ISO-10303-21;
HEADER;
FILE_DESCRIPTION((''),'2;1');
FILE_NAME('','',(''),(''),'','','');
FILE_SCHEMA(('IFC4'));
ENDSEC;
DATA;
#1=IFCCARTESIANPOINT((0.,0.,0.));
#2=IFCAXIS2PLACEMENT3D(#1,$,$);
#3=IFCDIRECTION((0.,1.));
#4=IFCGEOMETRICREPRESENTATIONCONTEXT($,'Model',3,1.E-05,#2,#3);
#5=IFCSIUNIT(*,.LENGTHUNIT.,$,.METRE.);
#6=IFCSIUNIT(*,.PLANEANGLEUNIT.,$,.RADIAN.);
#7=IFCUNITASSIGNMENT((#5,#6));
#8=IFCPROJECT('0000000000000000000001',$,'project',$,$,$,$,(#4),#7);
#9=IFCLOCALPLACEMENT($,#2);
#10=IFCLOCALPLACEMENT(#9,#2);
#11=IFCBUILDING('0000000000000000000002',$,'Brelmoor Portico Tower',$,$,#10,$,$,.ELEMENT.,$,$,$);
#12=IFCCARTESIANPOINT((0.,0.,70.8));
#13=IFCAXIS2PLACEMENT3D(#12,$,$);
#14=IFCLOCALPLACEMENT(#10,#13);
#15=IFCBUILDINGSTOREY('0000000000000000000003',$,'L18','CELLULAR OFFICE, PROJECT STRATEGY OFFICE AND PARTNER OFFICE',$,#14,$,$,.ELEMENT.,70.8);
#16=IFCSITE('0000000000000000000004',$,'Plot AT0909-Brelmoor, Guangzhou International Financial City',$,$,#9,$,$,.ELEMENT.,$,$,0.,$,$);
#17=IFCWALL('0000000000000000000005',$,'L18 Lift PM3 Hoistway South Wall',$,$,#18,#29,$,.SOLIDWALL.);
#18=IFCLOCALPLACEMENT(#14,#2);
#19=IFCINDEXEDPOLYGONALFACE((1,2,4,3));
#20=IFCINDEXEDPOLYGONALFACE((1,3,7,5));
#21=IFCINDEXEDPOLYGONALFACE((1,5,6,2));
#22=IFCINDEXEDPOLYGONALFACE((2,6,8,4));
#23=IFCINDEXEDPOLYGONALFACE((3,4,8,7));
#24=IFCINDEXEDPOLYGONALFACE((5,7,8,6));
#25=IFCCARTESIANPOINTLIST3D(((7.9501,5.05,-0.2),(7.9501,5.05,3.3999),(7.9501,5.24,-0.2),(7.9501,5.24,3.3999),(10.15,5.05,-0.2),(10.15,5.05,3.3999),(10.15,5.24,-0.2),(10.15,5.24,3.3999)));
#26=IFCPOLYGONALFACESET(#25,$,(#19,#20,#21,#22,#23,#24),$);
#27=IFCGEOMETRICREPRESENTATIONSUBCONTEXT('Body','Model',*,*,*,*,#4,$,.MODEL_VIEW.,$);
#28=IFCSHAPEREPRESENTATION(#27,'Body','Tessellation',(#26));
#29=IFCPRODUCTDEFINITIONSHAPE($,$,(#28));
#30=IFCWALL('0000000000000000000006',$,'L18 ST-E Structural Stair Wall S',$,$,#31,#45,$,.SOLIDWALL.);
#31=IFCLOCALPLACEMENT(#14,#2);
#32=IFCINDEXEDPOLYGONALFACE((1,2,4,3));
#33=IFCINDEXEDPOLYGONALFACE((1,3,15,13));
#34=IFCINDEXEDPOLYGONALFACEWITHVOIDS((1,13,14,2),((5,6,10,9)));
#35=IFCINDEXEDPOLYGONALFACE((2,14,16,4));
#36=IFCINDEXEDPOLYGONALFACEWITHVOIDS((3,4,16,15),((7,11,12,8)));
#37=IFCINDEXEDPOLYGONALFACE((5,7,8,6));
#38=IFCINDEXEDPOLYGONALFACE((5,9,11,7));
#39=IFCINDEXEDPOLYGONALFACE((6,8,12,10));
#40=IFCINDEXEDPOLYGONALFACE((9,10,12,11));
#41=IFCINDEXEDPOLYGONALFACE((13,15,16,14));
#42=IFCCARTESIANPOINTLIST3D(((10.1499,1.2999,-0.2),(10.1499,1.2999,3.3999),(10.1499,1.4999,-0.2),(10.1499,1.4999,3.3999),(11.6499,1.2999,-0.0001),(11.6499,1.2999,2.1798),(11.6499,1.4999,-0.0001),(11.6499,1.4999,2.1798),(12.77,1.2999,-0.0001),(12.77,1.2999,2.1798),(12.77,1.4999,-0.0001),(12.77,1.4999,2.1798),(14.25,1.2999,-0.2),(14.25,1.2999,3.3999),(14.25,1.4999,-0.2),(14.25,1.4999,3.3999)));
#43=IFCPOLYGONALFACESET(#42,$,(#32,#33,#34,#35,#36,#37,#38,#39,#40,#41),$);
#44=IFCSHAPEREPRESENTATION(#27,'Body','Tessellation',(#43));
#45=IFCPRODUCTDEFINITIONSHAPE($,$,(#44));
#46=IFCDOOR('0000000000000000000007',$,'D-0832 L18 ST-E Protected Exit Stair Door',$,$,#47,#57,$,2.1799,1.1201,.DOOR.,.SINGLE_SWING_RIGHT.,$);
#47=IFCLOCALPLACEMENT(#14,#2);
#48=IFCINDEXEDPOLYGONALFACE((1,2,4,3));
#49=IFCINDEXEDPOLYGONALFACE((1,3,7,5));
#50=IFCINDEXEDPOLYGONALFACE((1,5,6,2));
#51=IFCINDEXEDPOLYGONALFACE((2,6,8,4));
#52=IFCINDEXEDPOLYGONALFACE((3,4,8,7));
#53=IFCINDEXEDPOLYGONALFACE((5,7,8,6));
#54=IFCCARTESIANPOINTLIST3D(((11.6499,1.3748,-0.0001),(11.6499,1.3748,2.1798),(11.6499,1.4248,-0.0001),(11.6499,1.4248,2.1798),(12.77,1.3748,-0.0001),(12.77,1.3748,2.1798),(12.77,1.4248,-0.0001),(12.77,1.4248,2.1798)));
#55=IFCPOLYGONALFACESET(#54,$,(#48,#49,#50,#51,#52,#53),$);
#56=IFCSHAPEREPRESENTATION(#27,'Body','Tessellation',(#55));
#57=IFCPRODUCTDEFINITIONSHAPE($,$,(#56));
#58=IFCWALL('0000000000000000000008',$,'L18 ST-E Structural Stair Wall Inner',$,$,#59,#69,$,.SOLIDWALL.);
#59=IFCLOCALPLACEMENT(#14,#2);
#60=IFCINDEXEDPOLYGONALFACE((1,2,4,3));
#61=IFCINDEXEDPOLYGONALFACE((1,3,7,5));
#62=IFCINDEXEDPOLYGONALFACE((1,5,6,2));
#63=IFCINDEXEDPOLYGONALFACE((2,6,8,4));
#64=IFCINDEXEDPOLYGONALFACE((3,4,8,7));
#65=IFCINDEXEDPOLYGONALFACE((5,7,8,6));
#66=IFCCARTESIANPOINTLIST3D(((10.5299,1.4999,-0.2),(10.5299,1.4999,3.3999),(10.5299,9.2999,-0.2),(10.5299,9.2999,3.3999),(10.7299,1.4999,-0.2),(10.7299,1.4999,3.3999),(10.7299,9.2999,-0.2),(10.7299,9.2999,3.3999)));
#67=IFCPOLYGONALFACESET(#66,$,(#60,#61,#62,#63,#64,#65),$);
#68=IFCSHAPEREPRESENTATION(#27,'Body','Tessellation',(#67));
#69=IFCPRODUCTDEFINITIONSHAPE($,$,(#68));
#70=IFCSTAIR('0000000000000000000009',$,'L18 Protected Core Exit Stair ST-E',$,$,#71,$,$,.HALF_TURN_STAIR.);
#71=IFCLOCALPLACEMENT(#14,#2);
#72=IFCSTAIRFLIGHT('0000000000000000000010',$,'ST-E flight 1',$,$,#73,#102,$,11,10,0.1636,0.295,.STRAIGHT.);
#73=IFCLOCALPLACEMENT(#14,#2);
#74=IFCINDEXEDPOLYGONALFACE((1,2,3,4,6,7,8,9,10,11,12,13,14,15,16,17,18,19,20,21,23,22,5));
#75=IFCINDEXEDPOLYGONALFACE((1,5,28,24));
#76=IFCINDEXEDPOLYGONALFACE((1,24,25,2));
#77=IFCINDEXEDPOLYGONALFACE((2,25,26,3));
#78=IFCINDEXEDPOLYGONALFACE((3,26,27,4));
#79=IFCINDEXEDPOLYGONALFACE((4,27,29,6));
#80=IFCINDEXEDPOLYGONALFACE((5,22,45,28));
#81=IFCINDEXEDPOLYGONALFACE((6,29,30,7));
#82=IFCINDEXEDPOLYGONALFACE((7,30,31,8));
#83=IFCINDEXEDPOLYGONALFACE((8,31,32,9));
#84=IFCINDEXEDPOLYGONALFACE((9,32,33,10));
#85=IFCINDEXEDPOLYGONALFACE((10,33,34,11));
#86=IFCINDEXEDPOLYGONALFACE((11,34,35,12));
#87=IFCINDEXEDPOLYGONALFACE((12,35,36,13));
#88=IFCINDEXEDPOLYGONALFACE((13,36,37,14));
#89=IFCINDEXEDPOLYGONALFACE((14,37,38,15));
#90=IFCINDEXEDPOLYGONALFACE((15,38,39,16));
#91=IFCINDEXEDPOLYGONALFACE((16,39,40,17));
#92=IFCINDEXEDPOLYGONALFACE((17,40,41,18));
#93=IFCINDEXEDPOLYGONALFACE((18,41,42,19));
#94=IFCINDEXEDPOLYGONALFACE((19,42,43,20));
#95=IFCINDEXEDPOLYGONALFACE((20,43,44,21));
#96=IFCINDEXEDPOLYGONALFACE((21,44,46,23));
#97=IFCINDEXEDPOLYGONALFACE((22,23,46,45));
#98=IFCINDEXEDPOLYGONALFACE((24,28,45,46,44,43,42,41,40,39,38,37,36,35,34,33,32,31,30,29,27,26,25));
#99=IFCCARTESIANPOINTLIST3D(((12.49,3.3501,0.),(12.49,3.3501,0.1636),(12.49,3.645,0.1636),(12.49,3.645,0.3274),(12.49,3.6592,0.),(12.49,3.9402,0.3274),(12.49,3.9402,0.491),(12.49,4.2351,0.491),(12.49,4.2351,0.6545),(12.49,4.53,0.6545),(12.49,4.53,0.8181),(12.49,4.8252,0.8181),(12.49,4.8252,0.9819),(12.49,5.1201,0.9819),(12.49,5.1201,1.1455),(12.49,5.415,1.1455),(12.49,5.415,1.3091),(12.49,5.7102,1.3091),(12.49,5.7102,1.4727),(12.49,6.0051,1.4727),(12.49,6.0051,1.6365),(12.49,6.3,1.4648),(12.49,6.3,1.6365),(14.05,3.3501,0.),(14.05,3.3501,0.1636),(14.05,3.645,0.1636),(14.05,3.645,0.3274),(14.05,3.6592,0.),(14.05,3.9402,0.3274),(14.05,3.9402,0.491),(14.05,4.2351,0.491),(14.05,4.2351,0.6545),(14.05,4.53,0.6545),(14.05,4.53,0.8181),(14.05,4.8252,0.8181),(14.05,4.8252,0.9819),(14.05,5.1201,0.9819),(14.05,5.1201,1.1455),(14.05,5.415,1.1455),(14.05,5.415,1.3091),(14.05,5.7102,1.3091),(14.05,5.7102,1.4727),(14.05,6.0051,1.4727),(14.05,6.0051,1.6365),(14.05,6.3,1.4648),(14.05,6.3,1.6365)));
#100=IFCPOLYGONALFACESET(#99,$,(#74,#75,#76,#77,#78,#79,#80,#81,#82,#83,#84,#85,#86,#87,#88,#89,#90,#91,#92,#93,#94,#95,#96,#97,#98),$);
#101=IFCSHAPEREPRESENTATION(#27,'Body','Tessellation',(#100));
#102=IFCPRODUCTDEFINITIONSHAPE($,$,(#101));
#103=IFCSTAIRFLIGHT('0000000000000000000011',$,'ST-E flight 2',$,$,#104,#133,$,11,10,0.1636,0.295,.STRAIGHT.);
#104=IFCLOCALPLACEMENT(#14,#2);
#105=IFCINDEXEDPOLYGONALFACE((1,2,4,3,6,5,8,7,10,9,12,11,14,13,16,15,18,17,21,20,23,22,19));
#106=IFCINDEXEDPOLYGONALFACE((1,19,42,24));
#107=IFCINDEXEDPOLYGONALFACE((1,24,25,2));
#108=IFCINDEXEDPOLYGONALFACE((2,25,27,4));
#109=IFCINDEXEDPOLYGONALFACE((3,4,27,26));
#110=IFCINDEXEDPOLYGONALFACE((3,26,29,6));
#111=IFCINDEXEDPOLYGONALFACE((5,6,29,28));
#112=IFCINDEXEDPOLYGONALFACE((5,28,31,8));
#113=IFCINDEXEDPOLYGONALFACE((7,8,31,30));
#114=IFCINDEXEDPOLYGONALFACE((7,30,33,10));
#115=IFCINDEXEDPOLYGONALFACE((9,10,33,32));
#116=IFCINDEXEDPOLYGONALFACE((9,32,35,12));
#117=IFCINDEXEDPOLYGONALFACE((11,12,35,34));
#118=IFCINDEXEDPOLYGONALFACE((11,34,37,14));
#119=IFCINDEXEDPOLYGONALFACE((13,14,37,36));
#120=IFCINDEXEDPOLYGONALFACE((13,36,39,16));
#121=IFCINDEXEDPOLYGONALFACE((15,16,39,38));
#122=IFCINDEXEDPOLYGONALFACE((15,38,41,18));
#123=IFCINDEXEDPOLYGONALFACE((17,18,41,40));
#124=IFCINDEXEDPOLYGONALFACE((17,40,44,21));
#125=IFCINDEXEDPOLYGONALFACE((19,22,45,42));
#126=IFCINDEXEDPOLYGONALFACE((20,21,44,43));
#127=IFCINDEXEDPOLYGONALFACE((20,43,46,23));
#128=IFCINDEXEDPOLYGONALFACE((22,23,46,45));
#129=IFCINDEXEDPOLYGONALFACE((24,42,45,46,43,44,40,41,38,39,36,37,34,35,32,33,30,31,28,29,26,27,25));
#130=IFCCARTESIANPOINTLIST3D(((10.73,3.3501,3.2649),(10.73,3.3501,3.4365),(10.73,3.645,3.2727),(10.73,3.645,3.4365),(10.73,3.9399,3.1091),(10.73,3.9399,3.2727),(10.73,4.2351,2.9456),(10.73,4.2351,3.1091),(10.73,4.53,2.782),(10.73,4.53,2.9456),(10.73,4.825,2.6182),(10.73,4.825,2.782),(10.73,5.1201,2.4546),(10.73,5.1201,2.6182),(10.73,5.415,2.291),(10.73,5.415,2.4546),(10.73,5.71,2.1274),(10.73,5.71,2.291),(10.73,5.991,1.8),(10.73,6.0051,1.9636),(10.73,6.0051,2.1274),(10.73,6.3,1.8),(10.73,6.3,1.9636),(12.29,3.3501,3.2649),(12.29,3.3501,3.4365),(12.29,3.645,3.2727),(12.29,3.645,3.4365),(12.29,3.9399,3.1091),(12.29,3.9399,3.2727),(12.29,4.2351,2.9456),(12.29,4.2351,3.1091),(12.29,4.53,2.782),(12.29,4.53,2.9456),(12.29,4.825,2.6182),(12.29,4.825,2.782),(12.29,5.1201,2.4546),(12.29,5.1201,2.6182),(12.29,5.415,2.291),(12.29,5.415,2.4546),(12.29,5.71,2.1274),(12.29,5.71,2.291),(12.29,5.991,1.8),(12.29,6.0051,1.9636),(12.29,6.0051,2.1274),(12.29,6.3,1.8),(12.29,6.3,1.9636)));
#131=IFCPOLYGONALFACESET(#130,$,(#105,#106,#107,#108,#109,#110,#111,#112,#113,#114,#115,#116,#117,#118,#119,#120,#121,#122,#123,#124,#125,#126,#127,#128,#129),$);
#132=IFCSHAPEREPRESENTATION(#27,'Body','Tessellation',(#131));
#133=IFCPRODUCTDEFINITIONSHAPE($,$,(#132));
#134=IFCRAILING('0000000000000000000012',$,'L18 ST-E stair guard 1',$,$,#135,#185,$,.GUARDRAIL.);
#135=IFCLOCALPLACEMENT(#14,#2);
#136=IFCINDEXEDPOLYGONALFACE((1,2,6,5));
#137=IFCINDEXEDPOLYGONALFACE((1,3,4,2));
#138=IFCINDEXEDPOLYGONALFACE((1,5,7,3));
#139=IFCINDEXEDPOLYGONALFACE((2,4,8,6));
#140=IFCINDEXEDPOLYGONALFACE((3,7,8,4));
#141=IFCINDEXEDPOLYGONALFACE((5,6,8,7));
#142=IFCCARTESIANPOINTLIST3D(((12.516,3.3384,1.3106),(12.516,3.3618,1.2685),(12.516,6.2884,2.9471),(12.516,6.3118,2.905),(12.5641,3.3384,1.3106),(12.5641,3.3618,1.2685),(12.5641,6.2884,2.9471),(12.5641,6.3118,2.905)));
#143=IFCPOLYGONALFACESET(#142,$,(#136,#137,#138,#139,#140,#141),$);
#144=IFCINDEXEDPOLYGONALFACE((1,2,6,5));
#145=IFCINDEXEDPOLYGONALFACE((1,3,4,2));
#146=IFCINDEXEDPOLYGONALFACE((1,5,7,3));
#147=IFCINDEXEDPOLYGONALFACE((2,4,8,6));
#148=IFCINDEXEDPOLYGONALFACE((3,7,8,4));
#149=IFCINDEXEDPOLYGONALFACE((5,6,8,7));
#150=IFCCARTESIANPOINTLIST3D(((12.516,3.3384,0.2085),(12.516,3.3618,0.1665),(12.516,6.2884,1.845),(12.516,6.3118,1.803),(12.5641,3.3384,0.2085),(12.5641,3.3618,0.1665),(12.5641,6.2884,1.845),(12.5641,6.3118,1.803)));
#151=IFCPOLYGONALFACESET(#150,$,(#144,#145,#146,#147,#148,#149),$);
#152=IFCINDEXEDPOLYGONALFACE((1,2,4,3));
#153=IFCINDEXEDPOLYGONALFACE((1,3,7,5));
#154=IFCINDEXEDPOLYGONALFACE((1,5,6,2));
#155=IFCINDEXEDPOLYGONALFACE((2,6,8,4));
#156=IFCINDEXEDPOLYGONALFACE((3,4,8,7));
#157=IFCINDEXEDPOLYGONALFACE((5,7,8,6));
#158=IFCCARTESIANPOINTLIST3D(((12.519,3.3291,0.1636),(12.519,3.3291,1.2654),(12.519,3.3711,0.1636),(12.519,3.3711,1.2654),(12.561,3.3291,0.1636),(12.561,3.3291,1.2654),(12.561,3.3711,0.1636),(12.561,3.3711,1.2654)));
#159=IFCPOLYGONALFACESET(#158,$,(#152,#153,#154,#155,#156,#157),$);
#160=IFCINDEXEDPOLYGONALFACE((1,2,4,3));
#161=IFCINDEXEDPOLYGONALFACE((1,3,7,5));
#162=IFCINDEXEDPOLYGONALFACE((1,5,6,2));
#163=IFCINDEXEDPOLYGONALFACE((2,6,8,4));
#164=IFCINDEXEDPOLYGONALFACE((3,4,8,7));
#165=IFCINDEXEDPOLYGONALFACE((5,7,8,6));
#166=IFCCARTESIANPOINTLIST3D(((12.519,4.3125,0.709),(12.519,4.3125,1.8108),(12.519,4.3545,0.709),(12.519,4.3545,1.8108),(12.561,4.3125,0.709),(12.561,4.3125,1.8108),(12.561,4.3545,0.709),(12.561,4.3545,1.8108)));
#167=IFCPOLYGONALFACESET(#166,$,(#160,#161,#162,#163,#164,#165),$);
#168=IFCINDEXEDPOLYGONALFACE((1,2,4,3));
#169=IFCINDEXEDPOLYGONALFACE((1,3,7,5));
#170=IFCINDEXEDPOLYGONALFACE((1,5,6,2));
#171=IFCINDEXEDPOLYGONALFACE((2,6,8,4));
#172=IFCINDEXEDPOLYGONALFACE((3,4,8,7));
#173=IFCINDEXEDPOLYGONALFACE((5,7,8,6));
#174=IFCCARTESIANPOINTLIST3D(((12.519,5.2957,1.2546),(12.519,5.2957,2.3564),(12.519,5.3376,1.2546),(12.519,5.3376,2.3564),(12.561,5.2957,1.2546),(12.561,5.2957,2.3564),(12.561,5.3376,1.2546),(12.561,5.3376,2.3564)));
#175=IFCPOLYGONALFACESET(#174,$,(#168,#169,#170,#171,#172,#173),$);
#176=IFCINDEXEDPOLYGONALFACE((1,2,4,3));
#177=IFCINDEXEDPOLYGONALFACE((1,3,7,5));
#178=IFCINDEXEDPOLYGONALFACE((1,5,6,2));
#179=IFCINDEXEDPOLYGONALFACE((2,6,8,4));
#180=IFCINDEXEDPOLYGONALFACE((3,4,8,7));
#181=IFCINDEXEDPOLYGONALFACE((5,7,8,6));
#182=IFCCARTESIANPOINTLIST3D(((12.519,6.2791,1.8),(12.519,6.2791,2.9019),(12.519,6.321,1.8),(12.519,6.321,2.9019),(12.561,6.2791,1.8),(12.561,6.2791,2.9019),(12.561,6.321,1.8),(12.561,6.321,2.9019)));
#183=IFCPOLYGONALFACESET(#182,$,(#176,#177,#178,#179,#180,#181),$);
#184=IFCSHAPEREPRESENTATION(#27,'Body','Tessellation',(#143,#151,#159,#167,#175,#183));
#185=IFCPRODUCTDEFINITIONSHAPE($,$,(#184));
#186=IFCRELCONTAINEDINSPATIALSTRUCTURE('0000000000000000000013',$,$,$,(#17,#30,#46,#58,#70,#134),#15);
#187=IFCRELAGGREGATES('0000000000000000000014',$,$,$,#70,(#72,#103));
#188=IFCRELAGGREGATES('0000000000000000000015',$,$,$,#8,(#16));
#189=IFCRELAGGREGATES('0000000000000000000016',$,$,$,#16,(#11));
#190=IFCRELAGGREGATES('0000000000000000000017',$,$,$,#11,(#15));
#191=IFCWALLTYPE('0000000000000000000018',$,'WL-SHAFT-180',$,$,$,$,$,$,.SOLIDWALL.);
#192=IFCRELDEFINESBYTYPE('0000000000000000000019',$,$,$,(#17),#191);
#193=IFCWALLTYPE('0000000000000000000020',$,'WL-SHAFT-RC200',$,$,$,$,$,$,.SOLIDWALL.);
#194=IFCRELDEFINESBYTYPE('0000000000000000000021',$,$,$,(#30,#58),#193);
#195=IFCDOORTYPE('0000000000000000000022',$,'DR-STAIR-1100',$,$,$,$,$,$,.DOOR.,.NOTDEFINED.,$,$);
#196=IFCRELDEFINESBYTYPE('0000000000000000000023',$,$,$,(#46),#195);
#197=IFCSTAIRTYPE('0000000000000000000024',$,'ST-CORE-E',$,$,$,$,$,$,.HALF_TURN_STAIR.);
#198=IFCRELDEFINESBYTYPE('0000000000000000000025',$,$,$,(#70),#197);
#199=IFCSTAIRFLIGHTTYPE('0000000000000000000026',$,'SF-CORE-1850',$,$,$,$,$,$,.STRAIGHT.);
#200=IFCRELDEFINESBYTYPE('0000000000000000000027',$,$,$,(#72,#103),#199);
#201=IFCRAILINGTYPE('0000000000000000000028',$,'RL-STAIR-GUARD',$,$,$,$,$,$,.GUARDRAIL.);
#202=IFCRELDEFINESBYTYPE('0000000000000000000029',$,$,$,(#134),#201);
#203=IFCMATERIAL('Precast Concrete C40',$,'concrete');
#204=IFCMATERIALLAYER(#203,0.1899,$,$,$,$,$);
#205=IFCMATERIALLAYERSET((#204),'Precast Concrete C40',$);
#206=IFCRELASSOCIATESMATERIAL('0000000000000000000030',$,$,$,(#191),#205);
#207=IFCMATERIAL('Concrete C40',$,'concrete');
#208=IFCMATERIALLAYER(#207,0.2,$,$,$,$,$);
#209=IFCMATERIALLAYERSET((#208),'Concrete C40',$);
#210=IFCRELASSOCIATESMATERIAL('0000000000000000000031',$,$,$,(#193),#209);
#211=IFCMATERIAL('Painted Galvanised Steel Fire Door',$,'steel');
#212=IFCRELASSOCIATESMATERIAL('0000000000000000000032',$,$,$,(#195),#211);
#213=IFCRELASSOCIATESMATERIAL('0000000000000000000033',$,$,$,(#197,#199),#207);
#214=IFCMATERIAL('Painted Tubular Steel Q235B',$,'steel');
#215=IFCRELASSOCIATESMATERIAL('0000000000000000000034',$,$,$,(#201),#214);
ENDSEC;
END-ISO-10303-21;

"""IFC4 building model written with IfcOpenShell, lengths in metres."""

from ifc_helpers import new_model, si_unit, direction, frame, frame_2d, origin, origin_2d, place, context, subcontext, project, spatial, polyline, rectangle, outline, extrude, material, layer, layer_set, type_object, element, fill, aggregate, save


model = new_model("IFC4")

# Units and contexts
model_context = context("Model", 3, precision=1e-05, world=origin(), true_north=direction((0.0, 1.0)))
body_context = subcontext(model_context, "Body", "Model", "MODEL_VIEW")
ifc_project = project(units=[si_unit("LENGTHUNIT", "METRE"), si_unit("PLANEANGLEUNIT", "RADIAN")], contexts=[model_context])

# Site, building, storey
site_placement = place(None, origin())
site = spatial("IfcSite", under=ifc_project, at=site_placement, Name="Plot AT0909-Brelmoor, Guangzhou International Financial City", CompositionType="ELEMENT", RefElevation=0.0)
building_placement = place(site_placement, origin())
building = spatial("IfcBuilding", under=site, at=building_placement, Name="Brelmoor Portico Tower", CompositionType="ELEMENT")
storey_placement = place(building_placement, frame((0.0, 0.0, 70.8)))
storey = spatial("IfcBuildingStorey", under=building, at=storey_placement, Name="L18", Description="CELLULAR OFFICE, PROJECT STRATEGY OFFICE AND PARTNER OFFICE", CompositionType="ELEMENT", Elevation=70.8)

# Wall
ifc_material_1 = material(Name="Precast Concrete C40", Category="concrete")
ifc_layer_1 = layer(ifc_material_1, 0.1899)
ifc_layer_set_1 = layer_set([ifc_layer_1], Name="Precast Concrete C40")
wall_type_1 = type_object("IfcWallType", Name="WL-SHAFT-180", PredefinedType="SOLIDWALL", material=ifc_layer_set_1)
for number, where, z_axis, x_axis, name in (
    (1, (7.95, 5.145, -0.2), (0.0, 0.0, 1.0), (1.0, 0.0, 0.0), "L18 Lift PM3 Hoistway South Wall"),
):
    element("IfcWall", number, at=place(storey_placement, frame(where, z_axis=z_axis, x_axis=x_axis)), inside=storey, type_object=wall_type_1, Name=name, PredefinedType="SOLIDWALL", context=body_context, shape_type="SweptSolid", body=[
        extrude(rectangle(XDim=2.2, YDim=0.1899, at=frame_2d((1.1001, 0.0))), origin(), (0.0, 0.0, 1.0), 3.5999),
    ])

# Wall, opening, door
ifc_material_2 = material(Name="Concrete C40", Category="concrete")
ifc_layer_2 = layer(ifc_material_2, 0.2)
ifc_layer_set_2 = layer_set([ifc_layer_2], Name="Concrete C40")
wall_type_2 = type_object("IfcWallType", Name="WL-SHAFT-RC200", PredefinedType="SOLIDWALL", material=ifc_layer_set_2)
wall_1_placement = place(storey_placement, frame((10.1499, 1.3999, -0.2), z_axis=(0.0, 0.0, 1.0), x_axis=(1.0, 0.0, 0.0)))
wall_1 = element("IfcWall", 2, at=wall_1_placement, inside=storey, type_object=wall_type_2, Name="L18 ST-E Structural Stair Wall S", PredefinedType="SOLIDWALL", context=body_context, shape_type="SweptSolid", body=[
    extrude(rectangle(XDim=4.1001, YDim=0.2, at=frame_2d((2.05, 0.0))), origin(), (0.0, 0.0, 1.0), 3.5999),
])
opening_1_placement = place(wall_1_placement, frame((1.5, 0.0, 0.2)))
opening_1 = element("IfcOpeningElement", 3, at=opening_1_placement, cuts=wall_1, PredefinedType="OPENING", context=body_context, shape_type="SweptSolid", body=[
    extrude(rectangle(XDim=1.1201, YDim=2.1799, at=frame_2d((0.5601, 1.0898))), frame((0.0, 0.1099, 0.0), z_axis=(0.0, -1.0, 0.0), x_axis=(1.0, 0.0, 0.0)), (0.0, 0.0, 1.0), 0.22),
])
ifc_material_3 = material(Name="Painted Galvanised Steel Fire Door", Category="steel")
door_type_1 = type_object("IfcDoorType", Name="DR-STAIR-1100", OperationType="NOTDEFINED", PredefinedType="DOOR", material=ifc_material_3)
door_1_placement = place(opening_1_placement, origin())
door_1 = element("IfcDoor", 4, at=door_1_placement, inside=storey, type_object=door_type_1, Name="D-0832 L18 ST-E Protected Exit Stair Door", OperationType="SINGLE_SWING_RIGHT", OverallHeight=2.1799, OverallWidth=1.1201, PredefinedType="DOOR", context=body_context, shape_type="SweptSolid", body=[
    extrude(rectangle(XDim=1.1201, YDim=2.1799, at=frame_2d((0.5601, 1.0898))), frame((0.0, 0.0249, 0.0), z_axis=(0.0, -1.0, 0.0), x_axis=(1.0, 0.0, 0.0)), (0.0, 0.0, 1.0), 0.05),
])
fill(opening_1, door_1)

# Wall
wall_2_placement = place(storey_placement, frame((10.6299, 1.5, -0.2), z_axis=(0.0, 0.0, 1.0), x_axis=(0.0, 1.0, 0.0)))
element("IfcWall", 5, at=wall_2_placement, inside=storey, type_object=wall_type_2, Name="L18 ST-E Structural Stair Wall Inner", PredefinedType="SOLIDWALL", context=body_context, shape_type="SweptSolid", body=[
    extrude(rectangle(XDim=7.8, YDim=0.2, at=frame_2d((3.8999, 0.0))), origin(), (0.0, 0.0, 1.0), 3.5999),
])

# Stair, stair flights
stair_type = type_object("IfcStairType", Name="ST-CORE-E", PredefinedType="HALF_TURN_STAIR", material=ifc_material_2)
stair_placement = place(storey_placement, origin())
stair = element("IfcStair", 6, at=stair_placement, inside=storey, type_object=stair_type, Name="L18 Protected Core Exit Stair ST-E", PredefinedType="HALF_TURN_STAIR")
stair_flight_type = type_object("IfcStairFlightType", Name="SF-CORE-1850", PredefinedType="STRAIGHT", material=ifc_material_2)
stair_flight_1_placement = place(storey_placement, frame((13.27, 3.3501, 0.0), z_axis=(0.0, 0.0, 1.0), x_axis=(0.0, 1.0, 0.0)))
stair_flight_1 = element("IfcStairFlight", 7, at=stair_flight_1_placement, type_object=stair_flight_type, Name="ST-E flight 1", NumberOfRisers=11, NumberOfTreads=10, PredefinedType="STRAIGHT", RiserHeight=0.1636, TreadLength=0.295, context=body_context, shape_type="SweptSolid", body=[
    extrude(outline(polyline([(0.0, 0.0), (0.0, 0.1636), (0.2949, 0.1636), (0.2949, 0.3274), (0.5901, 0.3274), (0.5901, 0.491), (0.885, 0.491), (0.885, 0.6545), (1.1799, 0.6545), (1.1799, 0.8181), (1.4751, 0.8181), (1.4751, 0.9819), (1.77, 0.9819), (1.77, 1.1455), (2.0649, 1.1455), (2.0649, 1.3091), (2.3601, 1.3091), (2.3601, 1.4727), (2.655, 1.4727), (2.655, 1.6365), (2.95, 1.6365), (2.95, 1.8), (2.95, 1.4648), (0.3091, 0.0), (0.0, 0.0)])), frame((0.0, 0.78, 0.0), z_axis=(0.0, -1.0, 0.0), x_axis=(1.0, 0.0, 0.0)), (0.0, 0.0, 1.0), 1.5601),
])
stair_flight_2_placement = place(storey_placement, frame((11.51, 6.3, 1.8), z_axis=(0.0, 0.0, 1.0), x_axis=(0.0, -1.0, 0.0)))
stair_flight_2 = element("IfcStairFlight", 8, at=stair_flight_2_placement, type_object=stair_flight_type, Name="ST-E flight 2", NumberOfRisers=11, NumberOfTreads=10, PredefinedType="STRAIGHT", RiserHeight=0.1636, TreadLength=0.295, context=body_context, shape_type="SweptSolid", body=[
    extrude(outline(polyline([(0.0, 0.0), (0.0, 0.1636), (0.2949, 0.1636), (0.2949, 0.3274), (0.5901, 0.3274), (0.5901, 0.491), (0.885, 0.491), (0.885, 0.6545), (1.1799, 0.6545), (1.1799, 0.8181), (1.4751, 0.8181), (1.4751, 0.9819), (1.77, 0.9819), (1.77, 1.1455), (2.0649, 1.1455), (2.0649, 1.3091), (2.3601, 1.3091), (2.3601, 1.4727), (2.655, 1.4727), (2.655, 1.6365), (2.95, 1.6365), (2.95, 1.8), (2.95, 1.4648), (0.3091, 0.0), (0.0, 0.0)])), frame((0.0, 0.78, 0.0), z_axis=(0.0, -1.0, 0.0), x_axis=(1.0, 0.0, 0.0)), (0.0, 0.0, 1.0), 1.5601),
])
aggregate(stair, [stair_flight_1, stair_flight_2])

# Railing
ifc_material_4 = material(Name="Painted Tubular Steel Q235B", Category="steel")
railing_type_1 = type_object("IfcRailingType", Name="RL-STAIR-GUARD", PredefinedType="GUARDRAIL", material=ifc_material_4)
railing_1_placement = place(storey_placement, frame((12.54, 3.3501, 0.1636)))
element("IfcRailing", 9, at=railing_1_placement, inside=storey, type_object=railing_type_1, Name="L18 ST-E stair guard 1", PredefinedType="GUARDRAIL", context=body_context, shape_type="SweptSolid", body=[
    extrude(rectangle(XDim=0.0481, YDim=0.0481, at=origin_2d()), frame((0.0, 0.0, 1.126), z_axis=(0.0, 0.874458, 0.485102), x_axis=(-1.0, 0.0, 0.0)), (0.0, 0.0, 1.0), 3.3735),
    extrude(rectangle(XDim=0.0481, YDim=0.0481, at=origin_2d()), frame((0.0, 0.0, 0.0239), z_axis=(0.0, 0.874458, 0.485102), x_axis=(-1.0, 0.0, 0.0)), (0.0, 0.0, 1.0), 3.3735),
    extrude(rectangle(XDim=0.042, YDim=0.042, at=origin_2d()), origin(), (0.0, 0.0, 1.0), 1.1018),
    extrude(rectangle(XDim=0.042, YDim=0.042, at=origin_2d()), frame((0.0, 0.9834, 0.5454)), (0.0, 0.0, 1.0), 1.1018),
    extrude(rectangle(XDim=0.042, YDim=0.042, at=origin_2d()), frame((0.0, 1.9666, 1.0911)), (0.0, 0.0, 1.0), 1.1018),
    extrude(rectangle(XDim=0.042, YDim=0.042, at=origin_2d()), frame((0.0, 2.95, 1.6365)), (0.0, 0.0, 1.0), 1.1018),
])

save(model, "model.ifc")
